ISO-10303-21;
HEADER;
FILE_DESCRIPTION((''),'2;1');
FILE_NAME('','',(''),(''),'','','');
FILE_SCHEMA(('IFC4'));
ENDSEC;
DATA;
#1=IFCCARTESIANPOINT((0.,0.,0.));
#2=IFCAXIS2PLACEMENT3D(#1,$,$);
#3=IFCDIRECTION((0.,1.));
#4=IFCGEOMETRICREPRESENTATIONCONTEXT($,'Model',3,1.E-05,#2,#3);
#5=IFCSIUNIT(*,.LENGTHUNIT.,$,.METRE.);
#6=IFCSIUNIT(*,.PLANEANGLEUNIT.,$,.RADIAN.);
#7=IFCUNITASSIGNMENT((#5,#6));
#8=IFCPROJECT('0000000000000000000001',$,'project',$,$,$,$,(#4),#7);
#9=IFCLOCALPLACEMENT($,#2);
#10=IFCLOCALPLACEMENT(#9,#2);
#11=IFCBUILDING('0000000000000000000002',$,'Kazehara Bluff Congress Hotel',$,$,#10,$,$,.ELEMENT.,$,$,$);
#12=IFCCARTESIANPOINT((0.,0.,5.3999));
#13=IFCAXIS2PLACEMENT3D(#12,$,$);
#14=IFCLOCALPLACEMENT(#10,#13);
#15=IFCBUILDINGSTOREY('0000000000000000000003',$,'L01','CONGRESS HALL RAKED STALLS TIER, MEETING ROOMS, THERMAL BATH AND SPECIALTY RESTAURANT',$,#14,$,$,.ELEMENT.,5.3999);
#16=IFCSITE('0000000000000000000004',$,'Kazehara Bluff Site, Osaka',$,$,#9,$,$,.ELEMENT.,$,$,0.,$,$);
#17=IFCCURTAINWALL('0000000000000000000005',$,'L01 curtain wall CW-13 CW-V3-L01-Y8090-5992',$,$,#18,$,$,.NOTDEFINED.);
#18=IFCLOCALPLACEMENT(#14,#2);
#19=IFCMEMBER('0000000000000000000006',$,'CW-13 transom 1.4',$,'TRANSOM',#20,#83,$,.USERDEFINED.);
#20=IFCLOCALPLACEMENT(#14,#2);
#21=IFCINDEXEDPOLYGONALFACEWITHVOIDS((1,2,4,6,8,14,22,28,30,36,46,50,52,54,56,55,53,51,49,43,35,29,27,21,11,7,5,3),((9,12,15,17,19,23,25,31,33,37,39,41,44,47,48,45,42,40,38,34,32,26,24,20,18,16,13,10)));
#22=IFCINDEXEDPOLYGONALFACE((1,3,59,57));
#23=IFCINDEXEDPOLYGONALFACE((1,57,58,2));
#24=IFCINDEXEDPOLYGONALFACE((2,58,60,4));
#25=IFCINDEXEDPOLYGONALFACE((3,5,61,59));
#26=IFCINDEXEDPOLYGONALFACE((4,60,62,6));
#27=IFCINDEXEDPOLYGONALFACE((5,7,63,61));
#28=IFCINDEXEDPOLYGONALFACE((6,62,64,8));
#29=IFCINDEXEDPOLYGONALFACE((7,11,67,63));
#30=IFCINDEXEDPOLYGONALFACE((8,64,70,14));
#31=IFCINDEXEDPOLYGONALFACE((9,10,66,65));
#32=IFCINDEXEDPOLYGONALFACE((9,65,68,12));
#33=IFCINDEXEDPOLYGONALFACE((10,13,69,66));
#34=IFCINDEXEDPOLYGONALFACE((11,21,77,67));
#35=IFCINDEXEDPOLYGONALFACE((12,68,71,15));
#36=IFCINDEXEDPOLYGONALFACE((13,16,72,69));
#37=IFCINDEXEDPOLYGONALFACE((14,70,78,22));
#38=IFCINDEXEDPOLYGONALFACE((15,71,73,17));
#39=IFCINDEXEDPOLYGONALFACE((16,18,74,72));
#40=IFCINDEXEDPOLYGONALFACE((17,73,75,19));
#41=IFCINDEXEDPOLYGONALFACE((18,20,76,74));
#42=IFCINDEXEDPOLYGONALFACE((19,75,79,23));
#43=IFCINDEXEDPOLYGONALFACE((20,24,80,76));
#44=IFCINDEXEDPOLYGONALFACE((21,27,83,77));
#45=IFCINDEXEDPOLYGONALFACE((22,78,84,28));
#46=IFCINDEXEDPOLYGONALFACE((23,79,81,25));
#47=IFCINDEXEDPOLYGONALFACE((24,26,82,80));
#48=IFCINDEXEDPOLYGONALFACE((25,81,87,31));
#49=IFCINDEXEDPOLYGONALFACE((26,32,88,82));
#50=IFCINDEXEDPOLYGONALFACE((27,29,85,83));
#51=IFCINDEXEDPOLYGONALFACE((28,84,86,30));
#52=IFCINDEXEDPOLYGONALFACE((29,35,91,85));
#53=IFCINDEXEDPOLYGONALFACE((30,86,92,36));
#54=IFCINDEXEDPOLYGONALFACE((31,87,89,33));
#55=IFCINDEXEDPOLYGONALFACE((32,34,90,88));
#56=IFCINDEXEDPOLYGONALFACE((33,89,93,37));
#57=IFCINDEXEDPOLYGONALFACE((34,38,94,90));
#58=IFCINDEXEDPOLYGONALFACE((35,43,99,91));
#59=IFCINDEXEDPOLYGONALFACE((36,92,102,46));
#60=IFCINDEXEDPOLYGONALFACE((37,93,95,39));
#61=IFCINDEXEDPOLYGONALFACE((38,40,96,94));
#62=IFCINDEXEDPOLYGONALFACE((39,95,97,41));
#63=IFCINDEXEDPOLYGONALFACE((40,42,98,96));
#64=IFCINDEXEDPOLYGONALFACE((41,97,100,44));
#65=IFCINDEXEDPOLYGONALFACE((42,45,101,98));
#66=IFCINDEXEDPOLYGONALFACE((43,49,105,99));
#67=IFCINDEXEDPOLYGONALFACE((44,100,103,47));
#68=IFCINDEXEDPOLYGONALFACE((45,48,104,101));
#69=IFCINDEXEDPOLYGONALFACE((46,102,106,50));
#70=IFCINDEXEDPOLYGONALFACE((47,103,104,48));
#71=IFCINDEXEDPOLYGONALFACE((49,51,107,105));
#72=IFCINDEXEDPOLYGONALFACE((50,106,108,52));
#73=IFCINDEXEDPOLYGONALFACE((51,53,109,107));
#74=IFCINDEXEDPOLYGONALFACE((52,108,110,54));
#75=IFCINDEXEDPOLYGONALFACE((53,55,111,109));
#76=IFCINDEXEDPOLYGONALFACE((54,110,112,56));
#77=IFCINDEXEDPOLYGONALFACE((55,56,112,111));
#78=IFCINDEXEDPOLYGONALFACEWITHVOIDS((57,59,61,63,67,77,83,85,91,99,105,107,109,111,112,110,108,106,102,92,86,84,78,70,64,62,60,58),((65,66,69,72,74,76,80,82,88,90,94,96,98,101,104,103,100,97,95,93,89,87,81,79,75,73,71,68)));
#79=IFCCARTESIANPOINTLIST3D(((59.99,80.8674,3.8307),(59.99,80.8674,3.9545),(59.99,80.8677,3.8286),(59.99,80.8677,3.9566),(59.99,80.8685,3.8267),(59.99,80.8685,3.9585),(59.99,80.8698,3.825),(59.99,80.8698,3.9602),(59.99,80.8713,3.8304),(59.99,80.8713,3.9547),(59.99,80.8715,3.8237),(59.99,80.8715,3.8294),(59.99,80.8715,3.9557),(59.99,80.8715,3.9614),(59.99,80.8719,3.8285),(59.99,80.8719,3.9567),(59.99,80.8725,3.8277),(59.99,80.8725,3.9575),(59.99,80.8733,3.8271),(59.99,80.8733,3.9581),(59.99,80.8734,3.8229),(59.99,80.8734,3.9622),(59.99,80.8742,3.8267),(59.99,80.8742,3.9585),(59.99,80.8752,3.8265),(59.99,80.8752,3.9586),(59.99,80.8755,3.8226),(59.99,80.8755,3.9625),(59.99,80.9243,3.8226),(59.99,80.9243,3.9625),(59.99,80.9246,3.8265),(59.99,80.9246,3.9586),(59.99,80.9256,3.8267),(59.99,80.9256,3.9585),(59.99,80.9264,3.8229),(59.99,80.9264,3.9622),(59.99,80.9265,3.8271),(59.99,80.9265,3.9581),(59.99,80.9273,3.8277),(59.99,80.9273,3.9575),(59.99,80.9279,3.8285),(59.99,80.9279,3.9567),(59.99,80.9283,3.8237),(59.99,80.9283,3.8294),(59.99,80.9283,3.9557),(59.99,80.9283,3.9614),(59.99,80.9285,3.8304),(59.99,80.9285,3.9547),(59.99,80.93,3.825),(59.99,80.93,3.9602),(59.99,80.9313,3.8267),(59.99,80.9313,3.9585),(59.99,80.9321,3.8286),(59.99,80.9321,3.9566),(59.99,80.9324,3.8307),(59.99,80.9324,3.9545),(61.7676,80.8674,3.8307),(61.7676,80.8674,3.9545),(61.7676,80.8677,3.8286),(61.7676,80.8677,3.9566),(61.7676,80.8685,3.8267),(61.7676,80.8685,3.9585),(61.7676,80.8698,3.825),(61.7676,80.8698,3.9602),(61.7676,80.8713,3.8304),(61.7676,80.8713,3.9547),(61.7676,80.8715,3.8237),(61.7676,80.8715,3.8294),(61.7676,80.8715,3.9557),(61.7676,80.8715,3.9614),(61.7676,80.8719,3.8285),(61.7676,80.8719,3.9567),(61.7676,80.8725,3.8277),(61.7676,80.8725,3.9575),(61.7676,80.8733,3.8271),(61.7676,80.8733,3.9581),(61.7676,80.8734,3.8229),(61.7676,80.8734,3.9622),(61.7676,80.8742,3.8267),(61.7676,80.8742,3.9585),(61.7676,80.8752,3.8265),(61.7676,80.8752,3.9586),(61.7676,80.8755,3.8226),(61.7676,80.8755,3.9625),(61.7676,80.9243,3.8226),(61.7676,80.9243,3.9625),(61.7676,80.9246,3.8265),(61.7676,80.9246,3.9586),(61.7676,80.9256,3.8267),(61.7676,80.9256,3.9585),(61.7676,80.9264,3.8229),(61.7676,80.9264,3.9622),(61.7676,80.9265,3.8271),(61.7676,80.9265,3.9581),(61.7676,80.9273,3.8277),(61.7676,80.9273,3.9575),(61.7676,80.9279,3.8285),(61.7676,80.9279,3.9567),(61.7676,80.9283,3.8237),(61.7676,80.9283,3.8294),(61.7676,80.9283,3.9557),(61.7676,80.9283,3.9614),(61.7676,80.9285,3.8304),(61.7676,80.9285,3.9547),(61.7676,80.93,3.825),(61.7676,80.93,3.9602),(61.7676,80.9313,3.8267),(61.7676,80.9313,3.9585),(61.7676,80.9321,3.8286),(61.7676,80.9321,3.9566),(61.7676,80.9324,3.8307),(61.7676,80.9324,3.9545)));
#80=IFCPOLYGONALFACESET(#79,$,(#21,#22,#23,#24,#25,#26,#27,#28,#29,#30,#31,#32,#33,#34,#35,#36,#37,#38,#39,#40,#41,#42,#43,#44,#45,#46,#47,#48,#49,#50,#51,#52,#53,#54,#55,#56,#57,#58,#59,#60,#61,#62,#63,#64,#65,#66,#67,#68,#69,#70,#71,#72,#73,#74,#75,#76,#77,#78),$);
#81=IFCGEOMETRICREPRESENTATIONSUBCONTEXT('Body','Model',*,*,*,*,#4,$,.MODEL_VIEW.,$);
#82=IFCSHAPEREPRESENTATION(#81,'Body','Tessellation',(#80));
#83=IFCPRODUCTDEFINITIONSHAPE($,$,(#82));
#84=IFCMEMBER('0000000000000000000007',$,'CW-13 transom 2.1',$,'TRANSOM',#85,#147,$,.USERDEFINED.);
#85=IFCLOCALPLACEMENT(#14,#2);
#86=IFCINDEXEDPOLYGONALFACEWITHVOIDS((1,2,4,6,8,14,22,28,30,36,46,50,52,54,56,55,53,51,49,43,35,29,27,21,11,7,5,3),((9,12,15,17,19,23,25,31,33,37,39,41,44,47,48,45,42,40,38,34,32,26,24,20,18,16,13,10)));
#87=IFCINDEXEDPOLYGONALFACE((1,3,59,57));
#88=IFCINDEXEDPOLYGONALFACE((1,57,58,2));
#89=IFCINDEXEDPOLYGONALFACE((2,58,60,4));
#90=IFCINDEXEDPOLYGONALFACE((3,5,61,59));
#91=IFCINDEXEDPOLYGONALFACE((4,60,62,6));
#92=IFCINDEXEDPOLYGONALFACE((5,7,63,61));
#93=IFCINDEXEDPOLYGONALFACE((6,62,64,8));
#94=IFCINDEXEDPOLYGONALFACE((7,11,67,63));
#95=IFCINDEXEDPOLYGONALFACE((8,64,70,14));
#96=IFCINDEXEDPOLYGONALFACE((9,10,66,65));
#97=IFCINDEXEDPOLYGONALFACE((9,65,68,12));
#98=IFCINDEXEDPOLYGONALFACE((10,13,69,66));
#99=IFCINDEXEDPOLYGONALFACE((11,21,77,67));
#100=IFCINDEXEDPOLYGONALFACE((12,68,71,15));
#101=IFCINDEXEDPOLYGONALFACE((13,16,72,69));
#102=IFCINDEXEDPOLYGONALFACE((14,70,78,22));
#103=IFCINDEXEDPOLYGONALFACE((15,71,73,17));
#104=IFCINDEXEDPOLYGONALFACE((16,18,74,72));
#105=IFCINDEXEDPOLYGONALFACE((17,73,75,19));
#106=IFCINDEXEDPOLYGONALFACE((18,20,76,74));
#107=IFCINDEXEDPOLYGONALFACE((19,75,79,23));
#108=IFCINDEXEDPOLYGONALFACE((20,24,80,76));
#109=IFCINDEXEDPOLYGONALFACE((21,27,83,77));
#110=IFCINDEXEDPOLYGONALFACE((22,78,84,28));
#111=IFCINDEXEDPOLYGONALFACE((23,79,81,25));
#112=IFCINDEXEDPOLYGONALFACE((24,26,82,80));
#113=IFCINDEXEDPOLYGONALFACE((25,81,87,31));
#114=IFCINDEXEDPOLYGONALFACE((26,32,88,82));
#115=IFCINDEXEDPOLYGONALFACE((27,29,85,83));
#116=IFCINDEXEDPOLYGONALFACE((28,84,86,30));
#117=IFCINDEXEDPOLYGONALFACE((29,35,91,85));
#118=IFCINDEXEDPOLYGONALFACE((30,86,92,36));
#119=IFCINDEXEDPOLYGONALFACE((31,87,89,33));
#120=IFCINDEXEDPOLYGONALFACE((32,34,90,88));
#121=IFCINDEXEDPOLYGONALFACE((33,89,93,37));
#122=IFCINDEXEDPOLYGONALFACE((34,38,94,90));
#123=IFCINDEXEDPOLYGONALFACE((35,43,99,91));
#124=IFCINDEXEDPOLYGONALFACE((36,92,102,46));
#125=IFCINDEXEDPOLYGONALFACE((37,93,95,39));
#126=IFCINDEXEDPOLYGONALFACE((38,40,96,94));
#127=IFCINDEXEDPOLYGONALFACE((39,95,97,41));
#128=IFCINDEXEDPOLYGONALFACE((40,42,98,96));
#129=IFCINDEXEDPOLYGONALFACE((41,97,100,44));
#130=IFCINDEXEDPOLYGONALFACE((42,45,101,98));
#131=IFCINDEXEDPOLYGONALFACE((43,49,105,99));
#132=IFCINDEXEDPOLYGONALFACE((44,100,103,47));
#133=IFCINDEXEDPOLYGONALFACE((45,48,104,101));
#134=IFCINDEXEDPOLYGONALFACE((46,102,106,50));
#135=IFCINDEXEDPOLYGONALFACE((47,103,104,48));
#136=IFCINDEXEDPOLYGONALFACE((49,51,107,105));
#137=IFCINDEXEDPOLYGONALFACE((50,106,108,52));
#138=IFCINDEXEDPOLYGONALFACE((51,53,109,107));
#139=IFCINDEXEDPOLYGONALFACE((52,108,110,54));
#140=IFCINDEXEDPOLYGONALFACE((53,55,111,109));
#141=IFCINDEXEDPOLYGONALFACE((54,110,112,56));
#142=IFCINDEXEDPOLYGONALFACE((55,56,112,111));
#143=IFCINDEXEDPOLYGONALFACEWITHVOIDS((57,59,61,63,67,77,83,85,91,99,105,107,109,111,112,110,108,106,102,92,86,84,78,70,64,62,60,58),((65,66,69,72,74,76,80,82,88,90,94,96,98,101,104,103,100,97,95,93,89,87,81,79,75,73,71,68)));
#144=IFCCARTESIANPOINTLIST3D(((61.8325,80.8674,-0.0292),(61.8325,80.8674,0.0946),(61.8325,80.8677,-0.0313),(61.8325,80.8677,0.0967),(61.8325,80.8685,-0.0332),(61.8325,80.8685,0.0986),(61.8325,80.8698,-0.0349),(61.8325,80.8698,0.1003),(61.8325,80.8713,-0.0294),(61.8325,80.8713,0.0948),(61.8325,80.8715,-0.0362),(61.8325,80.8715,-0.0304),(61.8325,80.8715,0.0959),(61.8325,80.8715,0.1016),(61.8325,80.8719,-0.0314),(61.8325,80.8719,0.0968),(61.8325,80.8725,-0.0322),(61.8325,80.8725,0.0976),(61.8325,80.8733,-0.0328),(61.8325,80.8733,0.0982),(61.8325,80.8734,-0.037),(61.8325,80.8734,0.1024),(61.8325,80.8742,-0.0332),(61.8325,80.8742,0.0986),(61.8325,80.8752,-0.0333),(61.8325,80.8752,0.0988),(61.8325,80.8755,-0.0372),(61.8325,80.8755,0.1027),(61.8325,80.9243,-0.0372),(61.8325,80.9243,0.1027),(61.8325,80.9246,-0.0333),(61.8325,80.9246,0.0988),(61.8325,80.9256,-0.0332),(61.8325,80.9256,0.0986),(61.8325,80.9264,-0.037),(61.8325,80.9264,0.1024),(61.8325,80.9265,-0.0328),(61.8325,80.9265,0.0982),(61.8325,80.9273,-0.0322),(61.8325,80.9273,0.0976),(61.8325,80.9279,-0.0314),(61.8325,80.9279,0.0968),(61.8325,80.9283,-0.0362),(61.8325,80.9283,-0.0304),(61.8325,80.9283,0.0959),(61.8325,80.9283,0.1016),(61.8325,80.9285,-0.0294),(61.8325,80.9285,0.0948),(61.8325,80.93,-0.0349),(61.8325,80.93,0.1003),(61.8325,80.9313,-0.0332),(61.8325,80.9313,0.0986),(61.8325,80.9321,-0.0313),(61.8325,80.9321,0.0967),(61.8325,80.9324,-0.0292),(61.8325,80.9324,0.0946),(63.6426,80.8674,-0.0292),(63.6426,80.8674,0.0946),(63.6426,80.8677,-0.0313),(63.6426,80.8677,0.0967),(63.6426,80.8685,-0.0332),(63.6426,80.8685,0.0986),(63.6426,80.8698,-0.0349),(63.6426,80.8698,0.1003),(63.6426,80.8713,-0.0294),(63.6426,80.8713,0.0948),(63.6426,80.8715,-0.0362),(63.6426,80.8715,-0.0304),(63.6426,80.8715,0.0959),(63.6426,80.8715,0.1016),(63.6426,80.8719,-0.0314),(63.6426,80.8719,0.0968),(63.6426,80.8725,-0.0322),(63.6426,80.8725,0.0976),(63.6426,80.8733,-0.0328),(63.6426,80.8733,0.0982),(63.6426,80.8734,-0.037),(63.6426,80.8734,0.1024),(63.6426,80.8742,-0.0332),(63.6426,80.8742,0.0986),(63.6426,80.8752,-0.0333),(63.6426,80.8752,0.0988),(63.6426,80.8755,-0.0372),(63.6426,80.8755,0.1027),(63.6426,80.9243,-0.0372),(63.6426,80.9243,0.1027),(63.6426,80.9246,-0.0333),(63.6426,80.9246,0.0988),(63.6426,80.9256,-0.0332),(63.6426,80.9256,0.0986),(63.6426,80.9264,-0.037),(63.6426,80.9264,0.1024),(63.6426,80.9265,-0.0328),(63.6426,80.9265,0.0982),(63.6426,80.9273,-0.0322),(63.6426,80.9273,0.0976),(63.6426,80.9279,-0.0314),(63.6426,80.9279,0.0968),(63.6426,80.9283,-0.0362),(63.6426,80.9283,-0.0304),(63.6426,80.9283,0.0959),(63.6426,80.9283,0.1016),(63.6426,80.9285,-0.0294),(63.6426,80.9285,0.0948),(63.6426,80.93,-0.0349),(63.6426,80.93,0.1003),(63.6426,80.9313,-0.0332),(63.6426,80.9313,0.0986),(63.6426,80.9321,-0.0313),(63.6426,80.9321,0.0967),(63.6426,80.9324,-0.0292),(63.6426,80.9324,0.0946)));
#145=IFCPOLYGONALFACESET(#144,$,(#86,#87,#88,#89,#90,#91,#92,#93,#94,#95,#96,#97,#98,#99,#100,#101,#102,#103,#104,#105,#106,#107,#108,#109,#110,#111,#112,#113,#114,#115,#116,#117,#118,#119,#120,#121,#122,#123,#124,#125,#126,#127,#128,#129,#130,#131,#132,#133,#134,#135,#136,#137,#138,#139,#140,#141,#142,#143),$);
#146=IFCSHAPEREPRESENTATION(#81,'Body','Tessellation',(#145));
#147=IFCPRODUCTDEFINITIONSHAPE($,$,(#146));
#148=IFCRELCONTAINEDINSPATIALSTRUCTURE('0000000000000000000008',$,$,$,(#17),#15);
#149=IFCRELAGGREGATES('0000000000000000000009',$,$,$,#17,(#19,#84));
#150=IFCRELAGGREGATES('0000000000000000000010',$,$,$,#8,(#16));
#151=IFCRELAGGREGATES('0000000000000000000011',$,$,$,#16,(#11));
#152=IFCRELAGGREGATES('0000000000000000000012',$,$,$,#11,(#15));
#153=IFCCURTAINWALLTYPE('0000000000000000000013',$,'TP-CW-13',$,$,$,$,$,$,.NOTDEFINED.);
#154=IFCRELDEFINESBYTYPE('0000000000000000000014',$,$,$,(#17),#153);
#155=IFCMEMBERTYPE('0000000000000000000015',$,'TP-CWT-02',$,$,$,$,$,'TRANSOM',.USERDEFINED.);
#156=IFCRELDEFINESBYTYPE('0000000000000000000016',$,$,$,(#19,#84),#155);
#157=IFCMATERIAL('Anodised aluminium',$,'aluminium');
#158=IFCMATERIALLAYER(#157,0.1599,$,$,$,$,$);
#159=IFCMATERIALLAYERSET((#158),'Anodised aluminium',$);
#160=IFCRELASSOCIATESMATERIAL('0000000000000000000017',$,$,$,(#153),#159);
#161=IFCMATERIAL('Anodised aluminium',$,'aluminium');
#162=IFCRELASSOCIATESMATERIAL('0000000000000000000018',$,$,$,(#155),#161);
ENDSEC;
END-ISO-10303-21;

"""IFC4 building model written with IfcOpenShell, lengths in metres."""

from ifc_helpers import new_model, si_unit, direction, frame, origin, origin_2d, place, context, subcontext, project, spatial, hollow_rectangle, extrude, material, layer, layer_set, material_profile, profile_set, type_object, element, aggregate, save


model = new_model("IFC4")

# Units and contexts
model_context = context("Model", 3, precision=1e-05, world=origin(), true_north=direction((0.0, 1.0)))
body_context = subcontext(model_context, "Body", "Model", "MODEL_VIEW")
ifc_project = project(units=[si_unit("LENGTHUNIT", "METRE"), si_unit("PLANEANGLEUNIT", "RADIAN")], contexts=[model_context])

# Site, building, storey
site_placement = place(None, origin())
site = spatial("IfcSite", under=ifc_project, at=site_placement, Name="Kazehara Bluff Site, Osaka", CompositionType="ELEMENT", RefElevation=0.0)
building_placement = place(site_placement, origin())
building = spatial("IfcBuilding", under=site, at=building_placement, Name="Kazehara Bluff Congress Hotel", CompositionType="ELEMENT")
storey_placement = place(building_placement, frame((0.0, 0.0, 5.3999)))
storey = spatial("IfcBuildingStorey", under=building, at=storey_placement, Name="L01", Description="CONGRESS HALL RAKED STALLS TIER, MEETING ROOMS, THERMAL BATH AND SPECIALTY RESTAURANT", CompositionType="ELEMENT", Elevation=5.3999)

# Curtain wall
ifc_material_1 = material(Name="Anodised aluminium", Category="aluminium")
ifc_layer_1 = layer(ifc_material_1, 0.1599)
ifc_layer_set_1 = layer_set([ifc_layer_1], Name="Anodised aluminium")
curtain_wall_type_1 = type_object("IfcCurtainWallType", Name="TP-CW-13", PredefinedType="NOTDEFINED", material=ifc_layer_set_1)
curtain_wall_1_placement = place(storey_placement, origin())
curtain_wall_1 = element("IfcCurtainWall", 1, at=curtain_wall_1_placement, inside=storey, type_object=curtain_wall_type_1, Name="L01 curtain wall CW-13 CW-V3-L01-Y8090-5992", PredefinedType="NOTDEFINED")
ifc_material_2 = material(Name="Anodised aluminium", Category="aluminium")
ifc_material_profile_1 = material_profile(ifc_material_2, hollow_rectangle(XDim=0.0649, YDim=0.1399, WallThickness=0.0039, InnerFilletRadius=0.0039, OuterFilletRadius=0.0081, at=origin_2d()))
ifc_profile_set_1 = profile_set([ifc_material_profile_1], Name="Anodised aluminium")
member_type_1 = type_object("IfcMemberType", Name="TP-CWT-02", ElementType="TRANSOM", PredefinedType="USERDEFINED", material=ifc_profile_set_1)

# Members
member_1_placement = place(storey_placement, frame((59.99, 80.8999, 3.8926), z_axis=(1.0, 0.0, 0.0), x_axis=(0.0, 1.0, 0.0)))
member_1 = element("IfcMember", 2, at=member_1_placement, type_object=member_type_1, Name="CW-13 transom 1.4", ObjectType="TRANSOM", PredefinedType="USERDEFINED", context=body_context, shape_type="SweptSolid", body=[
    extrude(hollow_rectangle(XDim=0.0649, YDim=0.1399, WallThickness=0.0039, InnerFilletRadius=0.0039, OuterFilletRadius=0.0081, at=origin_2d()), origin(), (0.0, 0.0, 1.0), 1.7776),
])
member_2_placement = place(storey_placement, frame((61.8325, 80.8999, 0.0327), z_axis=(1.0, 0.0, 0.0), x_axis=(0.0, 1.0, 0.0)))
member_2 = element("IfcMember", 3, at=member_2_placement, type_object=member_type_1, Name="CW-13 transom 2.1", ObjectType="TRANSOM", PredefinedType="USERDEFINED", context=body_context, shape_type="SweptSolid", body=[
    extrude(hollow_rectangle(XDim=0.0649, YDim=0.1399, WallThickness=0.0039, InnerFilletRadius=0.0039, OuterFilletRadius=0.0081, at=origin_2d()), origin(), (0.0, 0.0, 1.0), 1.8101),
])

aggregate(curtain_wall_1, [member_1, member_2])

save(model, "model.ifc")
